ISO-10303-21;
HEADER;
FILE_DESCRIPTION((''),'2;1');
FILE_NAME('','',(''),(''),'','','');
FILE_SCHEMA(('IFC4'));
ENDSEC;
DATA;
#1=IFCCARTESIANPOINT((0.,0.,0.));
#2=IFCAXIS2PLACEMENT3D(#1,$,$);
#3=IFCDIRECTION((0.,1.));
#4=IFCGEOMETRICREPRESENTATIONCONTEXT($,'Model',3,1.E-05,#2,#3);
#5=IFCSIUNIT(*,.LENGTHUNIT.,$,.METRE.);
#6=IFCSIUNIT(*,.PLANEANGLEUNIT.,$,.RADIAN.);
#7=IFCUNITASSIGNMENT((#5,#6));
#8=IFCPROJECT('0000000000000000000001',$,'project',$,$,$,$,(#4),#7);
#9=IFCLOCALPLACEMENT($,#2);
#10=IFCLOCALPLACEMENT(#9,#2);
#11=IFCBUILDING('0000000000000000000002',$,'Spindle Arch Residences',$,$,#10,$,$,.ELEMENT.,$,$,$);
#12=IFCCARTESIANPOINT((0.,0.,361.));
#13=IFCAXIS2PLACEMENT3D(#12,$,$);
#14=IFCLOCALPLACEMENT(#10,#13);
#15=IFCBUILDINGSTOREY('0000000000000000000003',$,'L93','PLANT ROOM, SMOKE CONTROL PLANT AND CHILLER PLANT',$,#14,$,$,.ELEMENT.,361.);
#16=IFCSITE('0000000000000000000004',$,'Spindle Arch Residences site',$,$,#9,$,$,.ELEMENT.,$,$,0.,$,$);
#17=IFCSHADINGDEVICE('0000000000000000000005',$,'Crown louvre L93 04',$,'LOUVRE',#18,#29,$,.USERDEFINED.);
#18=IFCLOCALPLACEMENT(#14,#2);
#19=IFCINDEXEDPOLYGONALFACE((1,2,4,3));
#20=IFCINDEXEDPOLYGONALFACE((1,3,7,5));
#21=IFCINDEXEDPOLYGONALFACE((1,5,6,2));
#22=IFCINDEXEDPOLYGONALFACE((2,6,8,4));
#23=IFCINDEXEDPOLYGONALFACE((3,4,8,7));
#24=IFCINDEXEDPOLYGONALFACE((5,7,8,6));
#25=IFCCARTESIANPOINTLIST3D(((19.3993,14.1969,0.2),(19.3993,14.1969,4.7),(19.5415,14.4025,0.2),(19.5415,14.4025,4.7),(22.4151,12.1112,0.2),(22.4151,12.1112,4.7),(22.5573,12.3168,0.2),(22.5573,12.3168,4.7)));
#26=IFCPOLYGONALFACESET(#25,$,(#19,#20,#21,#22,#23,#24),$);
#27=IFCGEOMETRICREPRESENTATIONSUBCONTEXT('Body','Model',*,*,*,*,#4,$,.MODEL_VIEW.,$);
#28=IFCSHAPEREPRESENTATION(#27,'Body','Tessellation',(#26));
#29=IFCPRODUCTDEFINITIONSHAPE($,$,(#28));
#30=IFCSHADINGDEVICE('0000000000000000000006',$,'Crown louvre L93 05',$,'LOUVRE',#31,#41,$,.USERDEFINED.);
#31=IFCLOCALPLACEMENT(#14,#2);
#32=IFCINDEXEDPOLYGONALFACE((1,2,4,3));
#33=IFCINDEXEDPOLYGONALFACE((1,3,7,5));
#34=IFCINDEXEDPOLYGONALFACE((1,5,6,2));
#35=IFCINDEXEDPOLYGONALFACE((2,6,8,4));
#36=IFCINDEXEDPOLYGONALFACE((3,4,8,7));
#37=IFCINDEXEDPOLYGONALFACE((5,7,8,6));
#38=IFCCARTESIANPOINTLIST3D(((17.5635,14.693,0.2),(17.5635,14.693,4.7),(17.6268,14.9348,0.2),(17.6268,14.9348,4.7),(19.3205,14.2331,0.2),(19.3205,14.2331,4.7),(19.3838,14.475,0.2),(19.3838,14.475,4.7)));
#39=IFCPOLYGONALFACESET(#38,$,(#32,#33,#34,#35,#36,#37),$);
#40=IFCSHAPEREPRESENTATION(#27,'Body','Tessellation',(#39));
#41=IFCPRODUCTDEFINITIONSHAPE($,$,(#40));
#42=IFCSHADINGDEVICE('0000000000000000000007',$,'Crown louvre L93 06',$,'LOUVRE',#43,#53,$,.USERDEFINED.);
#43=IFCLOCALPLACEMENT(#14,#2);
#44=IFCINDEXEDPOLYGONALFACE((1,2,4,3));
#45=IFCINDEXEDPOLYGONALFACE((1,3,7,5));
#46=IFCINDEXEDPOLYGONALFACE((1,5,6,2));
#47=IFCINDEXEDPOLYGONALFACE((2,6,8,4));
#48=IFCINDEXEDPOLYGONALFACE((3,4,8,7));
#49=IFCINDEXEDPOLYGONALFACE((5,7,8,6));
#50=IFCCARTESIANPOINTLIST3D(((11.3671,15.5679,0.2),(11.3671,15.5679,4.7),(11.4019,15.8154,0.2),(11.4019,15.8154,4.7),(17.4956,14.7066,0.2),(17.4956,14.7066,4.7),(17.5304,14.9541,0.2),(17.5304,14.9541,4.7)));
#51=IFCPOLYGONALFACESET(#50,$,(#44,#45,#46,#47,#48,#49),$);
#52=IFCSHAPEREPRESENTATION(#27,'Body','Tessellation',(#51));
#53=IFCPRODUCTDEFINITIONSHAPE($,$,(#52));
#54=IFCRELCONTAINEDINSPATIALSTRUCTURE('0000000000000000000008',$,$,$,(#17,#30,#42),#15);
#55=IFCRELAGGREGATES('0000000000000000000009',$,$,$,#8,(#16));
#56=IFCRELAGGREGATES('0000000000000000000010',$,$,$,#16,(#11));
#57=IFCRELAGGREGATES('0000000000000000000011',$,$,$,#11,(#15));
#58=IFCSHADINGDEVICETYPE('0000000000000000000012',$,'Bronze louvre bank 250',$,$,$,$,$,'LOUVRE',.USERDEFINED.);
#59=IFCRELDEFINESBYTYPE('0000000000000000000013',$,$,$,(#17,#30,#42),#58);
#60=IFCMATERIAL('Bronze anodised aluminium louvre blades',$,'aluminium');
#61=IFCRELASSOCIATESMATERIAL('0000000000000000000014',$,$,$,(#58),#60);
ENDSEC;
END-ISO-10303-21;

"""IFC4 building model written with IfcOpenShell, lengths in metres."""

from ifc_helpers import new_model, si_unit, direction, frame, origin, origin_2d, place, context, subcontext, project, spatial, rectangle, extrude, material, type_object, element, save


model = new_model("IFC4")

# Units and contexts
model_context = context("Model", 3, precision=1e-05, world=origin(), true_north=direction((0.0, 1.0)))
body_context = subcontext(model_context, "Body", "Model", "MODEL_VIEW")
ifc_project = project(units=[si_unit("LENGTHUNIT", "METRE"), si_unit("PLANEANGLEUNIT", "RADIAN")], contexts=[model_context])

# Site, building, storey
site_placement = place(None, origin())
site = spatial("IfcSite", under=ifc_project, at=site_placement, Name="Spindle Arch Residences site", CompositionType="ELEMENT", RefElevation=0.0)
building_placement = place(site_placement, origin())
building = spatial("IfcBuilding", under=site, at=building_placement, Name="Spindle Arch Residences", CompositionType="ELEMENT")
storey_placement = place(building_placement, frame((0.0, 0.0, 361.0)))
storey = spatial("IfcBuildingStorey", under=building, at=storey_placement, Name="L93", Description="PLANT ROOM, SMOKE CONTROL PLANT AND CHILLER PLANT", CompositionType="ELEMENT", Elevation=361.0)

# Shading devices
ifc_material_1 = material(Name="Bronze anodised aluminium louvre blades", Category="aluminium")
shading_device_type = type_object("IfcShadingDeviceType", Name="Bronze louvre bank 250", ElementType="LOUVRE", PredefinedType="USERDEFINED", material=ifc_material_1)
for number, where, z_axis, x_axis, name in (
    (1, (20.9783, 13.2568, 0.2), (0.0, 0.0, 1.0), (-0.822475, 0.568801, 0.0), "Crown louvre L93 04"),
):
    element("IfcShadingDevice", number, at=place(storey_placement, frame(where, z_axis=z_axis, x_axis=x_axis)), inside=storey, type_object=shading_device_type, Name=name, ObjectType="LOUVRE", PredefinedType="USERDEFINED", context=body_context, shape_type="SweptSolid", body=[
        extrude(rectangle(XDim=3.6667, YDim=0.25, at=origin_2d()), origin(), (0.0, 0.0, 1.0), 4.5),
    ])
shading_device_1_placement = place(storey_placement, frame((18.4736, 14.584, 0.2), z_axis=(0.0, 0.0, 1.0), x_axis=(-0.967415, 0.253195, 0.0)))
element("IfcShadingDevice", 2, at=shading_device_1_placement, inside=storey, type_object=shading_device_type, Name="Crown louvre L93 05", ObjectType="LOUVRE", PredefinedType="USERDEFINED", context=body_context, shape_type="SweptSolid", body=[
    extrude(rectangle(XDim=1.8162, YDim=0.25, at=origin_2d()), origin(), (0.0, 0.0, 1.0), 4.5),
])
shading_device_2_placement = place(storey_placement, frame((14.4487, 15.261, 0.2), z_axis=(0.0, 0.0, 1.0), x_axis=(-0.990268, 0.139173, 0.0)))
element("IfcShadingDevice", 3, at=shading_device_2_placement, inside=storey, type_object=shading_device_type, Name="Crown louvre L93 06", ObjectType="LOUVRE", PredefinedType="USERDEFINED", context=body_context, shape_type="SweptSolid", body=[
    extrude(rectangle(XDim=6.1887, YDim=0.25, at=origin_2d()), origin(), (0.0, 0.0, 1.0), 4.5),
])

save(model, "model.ifc")
